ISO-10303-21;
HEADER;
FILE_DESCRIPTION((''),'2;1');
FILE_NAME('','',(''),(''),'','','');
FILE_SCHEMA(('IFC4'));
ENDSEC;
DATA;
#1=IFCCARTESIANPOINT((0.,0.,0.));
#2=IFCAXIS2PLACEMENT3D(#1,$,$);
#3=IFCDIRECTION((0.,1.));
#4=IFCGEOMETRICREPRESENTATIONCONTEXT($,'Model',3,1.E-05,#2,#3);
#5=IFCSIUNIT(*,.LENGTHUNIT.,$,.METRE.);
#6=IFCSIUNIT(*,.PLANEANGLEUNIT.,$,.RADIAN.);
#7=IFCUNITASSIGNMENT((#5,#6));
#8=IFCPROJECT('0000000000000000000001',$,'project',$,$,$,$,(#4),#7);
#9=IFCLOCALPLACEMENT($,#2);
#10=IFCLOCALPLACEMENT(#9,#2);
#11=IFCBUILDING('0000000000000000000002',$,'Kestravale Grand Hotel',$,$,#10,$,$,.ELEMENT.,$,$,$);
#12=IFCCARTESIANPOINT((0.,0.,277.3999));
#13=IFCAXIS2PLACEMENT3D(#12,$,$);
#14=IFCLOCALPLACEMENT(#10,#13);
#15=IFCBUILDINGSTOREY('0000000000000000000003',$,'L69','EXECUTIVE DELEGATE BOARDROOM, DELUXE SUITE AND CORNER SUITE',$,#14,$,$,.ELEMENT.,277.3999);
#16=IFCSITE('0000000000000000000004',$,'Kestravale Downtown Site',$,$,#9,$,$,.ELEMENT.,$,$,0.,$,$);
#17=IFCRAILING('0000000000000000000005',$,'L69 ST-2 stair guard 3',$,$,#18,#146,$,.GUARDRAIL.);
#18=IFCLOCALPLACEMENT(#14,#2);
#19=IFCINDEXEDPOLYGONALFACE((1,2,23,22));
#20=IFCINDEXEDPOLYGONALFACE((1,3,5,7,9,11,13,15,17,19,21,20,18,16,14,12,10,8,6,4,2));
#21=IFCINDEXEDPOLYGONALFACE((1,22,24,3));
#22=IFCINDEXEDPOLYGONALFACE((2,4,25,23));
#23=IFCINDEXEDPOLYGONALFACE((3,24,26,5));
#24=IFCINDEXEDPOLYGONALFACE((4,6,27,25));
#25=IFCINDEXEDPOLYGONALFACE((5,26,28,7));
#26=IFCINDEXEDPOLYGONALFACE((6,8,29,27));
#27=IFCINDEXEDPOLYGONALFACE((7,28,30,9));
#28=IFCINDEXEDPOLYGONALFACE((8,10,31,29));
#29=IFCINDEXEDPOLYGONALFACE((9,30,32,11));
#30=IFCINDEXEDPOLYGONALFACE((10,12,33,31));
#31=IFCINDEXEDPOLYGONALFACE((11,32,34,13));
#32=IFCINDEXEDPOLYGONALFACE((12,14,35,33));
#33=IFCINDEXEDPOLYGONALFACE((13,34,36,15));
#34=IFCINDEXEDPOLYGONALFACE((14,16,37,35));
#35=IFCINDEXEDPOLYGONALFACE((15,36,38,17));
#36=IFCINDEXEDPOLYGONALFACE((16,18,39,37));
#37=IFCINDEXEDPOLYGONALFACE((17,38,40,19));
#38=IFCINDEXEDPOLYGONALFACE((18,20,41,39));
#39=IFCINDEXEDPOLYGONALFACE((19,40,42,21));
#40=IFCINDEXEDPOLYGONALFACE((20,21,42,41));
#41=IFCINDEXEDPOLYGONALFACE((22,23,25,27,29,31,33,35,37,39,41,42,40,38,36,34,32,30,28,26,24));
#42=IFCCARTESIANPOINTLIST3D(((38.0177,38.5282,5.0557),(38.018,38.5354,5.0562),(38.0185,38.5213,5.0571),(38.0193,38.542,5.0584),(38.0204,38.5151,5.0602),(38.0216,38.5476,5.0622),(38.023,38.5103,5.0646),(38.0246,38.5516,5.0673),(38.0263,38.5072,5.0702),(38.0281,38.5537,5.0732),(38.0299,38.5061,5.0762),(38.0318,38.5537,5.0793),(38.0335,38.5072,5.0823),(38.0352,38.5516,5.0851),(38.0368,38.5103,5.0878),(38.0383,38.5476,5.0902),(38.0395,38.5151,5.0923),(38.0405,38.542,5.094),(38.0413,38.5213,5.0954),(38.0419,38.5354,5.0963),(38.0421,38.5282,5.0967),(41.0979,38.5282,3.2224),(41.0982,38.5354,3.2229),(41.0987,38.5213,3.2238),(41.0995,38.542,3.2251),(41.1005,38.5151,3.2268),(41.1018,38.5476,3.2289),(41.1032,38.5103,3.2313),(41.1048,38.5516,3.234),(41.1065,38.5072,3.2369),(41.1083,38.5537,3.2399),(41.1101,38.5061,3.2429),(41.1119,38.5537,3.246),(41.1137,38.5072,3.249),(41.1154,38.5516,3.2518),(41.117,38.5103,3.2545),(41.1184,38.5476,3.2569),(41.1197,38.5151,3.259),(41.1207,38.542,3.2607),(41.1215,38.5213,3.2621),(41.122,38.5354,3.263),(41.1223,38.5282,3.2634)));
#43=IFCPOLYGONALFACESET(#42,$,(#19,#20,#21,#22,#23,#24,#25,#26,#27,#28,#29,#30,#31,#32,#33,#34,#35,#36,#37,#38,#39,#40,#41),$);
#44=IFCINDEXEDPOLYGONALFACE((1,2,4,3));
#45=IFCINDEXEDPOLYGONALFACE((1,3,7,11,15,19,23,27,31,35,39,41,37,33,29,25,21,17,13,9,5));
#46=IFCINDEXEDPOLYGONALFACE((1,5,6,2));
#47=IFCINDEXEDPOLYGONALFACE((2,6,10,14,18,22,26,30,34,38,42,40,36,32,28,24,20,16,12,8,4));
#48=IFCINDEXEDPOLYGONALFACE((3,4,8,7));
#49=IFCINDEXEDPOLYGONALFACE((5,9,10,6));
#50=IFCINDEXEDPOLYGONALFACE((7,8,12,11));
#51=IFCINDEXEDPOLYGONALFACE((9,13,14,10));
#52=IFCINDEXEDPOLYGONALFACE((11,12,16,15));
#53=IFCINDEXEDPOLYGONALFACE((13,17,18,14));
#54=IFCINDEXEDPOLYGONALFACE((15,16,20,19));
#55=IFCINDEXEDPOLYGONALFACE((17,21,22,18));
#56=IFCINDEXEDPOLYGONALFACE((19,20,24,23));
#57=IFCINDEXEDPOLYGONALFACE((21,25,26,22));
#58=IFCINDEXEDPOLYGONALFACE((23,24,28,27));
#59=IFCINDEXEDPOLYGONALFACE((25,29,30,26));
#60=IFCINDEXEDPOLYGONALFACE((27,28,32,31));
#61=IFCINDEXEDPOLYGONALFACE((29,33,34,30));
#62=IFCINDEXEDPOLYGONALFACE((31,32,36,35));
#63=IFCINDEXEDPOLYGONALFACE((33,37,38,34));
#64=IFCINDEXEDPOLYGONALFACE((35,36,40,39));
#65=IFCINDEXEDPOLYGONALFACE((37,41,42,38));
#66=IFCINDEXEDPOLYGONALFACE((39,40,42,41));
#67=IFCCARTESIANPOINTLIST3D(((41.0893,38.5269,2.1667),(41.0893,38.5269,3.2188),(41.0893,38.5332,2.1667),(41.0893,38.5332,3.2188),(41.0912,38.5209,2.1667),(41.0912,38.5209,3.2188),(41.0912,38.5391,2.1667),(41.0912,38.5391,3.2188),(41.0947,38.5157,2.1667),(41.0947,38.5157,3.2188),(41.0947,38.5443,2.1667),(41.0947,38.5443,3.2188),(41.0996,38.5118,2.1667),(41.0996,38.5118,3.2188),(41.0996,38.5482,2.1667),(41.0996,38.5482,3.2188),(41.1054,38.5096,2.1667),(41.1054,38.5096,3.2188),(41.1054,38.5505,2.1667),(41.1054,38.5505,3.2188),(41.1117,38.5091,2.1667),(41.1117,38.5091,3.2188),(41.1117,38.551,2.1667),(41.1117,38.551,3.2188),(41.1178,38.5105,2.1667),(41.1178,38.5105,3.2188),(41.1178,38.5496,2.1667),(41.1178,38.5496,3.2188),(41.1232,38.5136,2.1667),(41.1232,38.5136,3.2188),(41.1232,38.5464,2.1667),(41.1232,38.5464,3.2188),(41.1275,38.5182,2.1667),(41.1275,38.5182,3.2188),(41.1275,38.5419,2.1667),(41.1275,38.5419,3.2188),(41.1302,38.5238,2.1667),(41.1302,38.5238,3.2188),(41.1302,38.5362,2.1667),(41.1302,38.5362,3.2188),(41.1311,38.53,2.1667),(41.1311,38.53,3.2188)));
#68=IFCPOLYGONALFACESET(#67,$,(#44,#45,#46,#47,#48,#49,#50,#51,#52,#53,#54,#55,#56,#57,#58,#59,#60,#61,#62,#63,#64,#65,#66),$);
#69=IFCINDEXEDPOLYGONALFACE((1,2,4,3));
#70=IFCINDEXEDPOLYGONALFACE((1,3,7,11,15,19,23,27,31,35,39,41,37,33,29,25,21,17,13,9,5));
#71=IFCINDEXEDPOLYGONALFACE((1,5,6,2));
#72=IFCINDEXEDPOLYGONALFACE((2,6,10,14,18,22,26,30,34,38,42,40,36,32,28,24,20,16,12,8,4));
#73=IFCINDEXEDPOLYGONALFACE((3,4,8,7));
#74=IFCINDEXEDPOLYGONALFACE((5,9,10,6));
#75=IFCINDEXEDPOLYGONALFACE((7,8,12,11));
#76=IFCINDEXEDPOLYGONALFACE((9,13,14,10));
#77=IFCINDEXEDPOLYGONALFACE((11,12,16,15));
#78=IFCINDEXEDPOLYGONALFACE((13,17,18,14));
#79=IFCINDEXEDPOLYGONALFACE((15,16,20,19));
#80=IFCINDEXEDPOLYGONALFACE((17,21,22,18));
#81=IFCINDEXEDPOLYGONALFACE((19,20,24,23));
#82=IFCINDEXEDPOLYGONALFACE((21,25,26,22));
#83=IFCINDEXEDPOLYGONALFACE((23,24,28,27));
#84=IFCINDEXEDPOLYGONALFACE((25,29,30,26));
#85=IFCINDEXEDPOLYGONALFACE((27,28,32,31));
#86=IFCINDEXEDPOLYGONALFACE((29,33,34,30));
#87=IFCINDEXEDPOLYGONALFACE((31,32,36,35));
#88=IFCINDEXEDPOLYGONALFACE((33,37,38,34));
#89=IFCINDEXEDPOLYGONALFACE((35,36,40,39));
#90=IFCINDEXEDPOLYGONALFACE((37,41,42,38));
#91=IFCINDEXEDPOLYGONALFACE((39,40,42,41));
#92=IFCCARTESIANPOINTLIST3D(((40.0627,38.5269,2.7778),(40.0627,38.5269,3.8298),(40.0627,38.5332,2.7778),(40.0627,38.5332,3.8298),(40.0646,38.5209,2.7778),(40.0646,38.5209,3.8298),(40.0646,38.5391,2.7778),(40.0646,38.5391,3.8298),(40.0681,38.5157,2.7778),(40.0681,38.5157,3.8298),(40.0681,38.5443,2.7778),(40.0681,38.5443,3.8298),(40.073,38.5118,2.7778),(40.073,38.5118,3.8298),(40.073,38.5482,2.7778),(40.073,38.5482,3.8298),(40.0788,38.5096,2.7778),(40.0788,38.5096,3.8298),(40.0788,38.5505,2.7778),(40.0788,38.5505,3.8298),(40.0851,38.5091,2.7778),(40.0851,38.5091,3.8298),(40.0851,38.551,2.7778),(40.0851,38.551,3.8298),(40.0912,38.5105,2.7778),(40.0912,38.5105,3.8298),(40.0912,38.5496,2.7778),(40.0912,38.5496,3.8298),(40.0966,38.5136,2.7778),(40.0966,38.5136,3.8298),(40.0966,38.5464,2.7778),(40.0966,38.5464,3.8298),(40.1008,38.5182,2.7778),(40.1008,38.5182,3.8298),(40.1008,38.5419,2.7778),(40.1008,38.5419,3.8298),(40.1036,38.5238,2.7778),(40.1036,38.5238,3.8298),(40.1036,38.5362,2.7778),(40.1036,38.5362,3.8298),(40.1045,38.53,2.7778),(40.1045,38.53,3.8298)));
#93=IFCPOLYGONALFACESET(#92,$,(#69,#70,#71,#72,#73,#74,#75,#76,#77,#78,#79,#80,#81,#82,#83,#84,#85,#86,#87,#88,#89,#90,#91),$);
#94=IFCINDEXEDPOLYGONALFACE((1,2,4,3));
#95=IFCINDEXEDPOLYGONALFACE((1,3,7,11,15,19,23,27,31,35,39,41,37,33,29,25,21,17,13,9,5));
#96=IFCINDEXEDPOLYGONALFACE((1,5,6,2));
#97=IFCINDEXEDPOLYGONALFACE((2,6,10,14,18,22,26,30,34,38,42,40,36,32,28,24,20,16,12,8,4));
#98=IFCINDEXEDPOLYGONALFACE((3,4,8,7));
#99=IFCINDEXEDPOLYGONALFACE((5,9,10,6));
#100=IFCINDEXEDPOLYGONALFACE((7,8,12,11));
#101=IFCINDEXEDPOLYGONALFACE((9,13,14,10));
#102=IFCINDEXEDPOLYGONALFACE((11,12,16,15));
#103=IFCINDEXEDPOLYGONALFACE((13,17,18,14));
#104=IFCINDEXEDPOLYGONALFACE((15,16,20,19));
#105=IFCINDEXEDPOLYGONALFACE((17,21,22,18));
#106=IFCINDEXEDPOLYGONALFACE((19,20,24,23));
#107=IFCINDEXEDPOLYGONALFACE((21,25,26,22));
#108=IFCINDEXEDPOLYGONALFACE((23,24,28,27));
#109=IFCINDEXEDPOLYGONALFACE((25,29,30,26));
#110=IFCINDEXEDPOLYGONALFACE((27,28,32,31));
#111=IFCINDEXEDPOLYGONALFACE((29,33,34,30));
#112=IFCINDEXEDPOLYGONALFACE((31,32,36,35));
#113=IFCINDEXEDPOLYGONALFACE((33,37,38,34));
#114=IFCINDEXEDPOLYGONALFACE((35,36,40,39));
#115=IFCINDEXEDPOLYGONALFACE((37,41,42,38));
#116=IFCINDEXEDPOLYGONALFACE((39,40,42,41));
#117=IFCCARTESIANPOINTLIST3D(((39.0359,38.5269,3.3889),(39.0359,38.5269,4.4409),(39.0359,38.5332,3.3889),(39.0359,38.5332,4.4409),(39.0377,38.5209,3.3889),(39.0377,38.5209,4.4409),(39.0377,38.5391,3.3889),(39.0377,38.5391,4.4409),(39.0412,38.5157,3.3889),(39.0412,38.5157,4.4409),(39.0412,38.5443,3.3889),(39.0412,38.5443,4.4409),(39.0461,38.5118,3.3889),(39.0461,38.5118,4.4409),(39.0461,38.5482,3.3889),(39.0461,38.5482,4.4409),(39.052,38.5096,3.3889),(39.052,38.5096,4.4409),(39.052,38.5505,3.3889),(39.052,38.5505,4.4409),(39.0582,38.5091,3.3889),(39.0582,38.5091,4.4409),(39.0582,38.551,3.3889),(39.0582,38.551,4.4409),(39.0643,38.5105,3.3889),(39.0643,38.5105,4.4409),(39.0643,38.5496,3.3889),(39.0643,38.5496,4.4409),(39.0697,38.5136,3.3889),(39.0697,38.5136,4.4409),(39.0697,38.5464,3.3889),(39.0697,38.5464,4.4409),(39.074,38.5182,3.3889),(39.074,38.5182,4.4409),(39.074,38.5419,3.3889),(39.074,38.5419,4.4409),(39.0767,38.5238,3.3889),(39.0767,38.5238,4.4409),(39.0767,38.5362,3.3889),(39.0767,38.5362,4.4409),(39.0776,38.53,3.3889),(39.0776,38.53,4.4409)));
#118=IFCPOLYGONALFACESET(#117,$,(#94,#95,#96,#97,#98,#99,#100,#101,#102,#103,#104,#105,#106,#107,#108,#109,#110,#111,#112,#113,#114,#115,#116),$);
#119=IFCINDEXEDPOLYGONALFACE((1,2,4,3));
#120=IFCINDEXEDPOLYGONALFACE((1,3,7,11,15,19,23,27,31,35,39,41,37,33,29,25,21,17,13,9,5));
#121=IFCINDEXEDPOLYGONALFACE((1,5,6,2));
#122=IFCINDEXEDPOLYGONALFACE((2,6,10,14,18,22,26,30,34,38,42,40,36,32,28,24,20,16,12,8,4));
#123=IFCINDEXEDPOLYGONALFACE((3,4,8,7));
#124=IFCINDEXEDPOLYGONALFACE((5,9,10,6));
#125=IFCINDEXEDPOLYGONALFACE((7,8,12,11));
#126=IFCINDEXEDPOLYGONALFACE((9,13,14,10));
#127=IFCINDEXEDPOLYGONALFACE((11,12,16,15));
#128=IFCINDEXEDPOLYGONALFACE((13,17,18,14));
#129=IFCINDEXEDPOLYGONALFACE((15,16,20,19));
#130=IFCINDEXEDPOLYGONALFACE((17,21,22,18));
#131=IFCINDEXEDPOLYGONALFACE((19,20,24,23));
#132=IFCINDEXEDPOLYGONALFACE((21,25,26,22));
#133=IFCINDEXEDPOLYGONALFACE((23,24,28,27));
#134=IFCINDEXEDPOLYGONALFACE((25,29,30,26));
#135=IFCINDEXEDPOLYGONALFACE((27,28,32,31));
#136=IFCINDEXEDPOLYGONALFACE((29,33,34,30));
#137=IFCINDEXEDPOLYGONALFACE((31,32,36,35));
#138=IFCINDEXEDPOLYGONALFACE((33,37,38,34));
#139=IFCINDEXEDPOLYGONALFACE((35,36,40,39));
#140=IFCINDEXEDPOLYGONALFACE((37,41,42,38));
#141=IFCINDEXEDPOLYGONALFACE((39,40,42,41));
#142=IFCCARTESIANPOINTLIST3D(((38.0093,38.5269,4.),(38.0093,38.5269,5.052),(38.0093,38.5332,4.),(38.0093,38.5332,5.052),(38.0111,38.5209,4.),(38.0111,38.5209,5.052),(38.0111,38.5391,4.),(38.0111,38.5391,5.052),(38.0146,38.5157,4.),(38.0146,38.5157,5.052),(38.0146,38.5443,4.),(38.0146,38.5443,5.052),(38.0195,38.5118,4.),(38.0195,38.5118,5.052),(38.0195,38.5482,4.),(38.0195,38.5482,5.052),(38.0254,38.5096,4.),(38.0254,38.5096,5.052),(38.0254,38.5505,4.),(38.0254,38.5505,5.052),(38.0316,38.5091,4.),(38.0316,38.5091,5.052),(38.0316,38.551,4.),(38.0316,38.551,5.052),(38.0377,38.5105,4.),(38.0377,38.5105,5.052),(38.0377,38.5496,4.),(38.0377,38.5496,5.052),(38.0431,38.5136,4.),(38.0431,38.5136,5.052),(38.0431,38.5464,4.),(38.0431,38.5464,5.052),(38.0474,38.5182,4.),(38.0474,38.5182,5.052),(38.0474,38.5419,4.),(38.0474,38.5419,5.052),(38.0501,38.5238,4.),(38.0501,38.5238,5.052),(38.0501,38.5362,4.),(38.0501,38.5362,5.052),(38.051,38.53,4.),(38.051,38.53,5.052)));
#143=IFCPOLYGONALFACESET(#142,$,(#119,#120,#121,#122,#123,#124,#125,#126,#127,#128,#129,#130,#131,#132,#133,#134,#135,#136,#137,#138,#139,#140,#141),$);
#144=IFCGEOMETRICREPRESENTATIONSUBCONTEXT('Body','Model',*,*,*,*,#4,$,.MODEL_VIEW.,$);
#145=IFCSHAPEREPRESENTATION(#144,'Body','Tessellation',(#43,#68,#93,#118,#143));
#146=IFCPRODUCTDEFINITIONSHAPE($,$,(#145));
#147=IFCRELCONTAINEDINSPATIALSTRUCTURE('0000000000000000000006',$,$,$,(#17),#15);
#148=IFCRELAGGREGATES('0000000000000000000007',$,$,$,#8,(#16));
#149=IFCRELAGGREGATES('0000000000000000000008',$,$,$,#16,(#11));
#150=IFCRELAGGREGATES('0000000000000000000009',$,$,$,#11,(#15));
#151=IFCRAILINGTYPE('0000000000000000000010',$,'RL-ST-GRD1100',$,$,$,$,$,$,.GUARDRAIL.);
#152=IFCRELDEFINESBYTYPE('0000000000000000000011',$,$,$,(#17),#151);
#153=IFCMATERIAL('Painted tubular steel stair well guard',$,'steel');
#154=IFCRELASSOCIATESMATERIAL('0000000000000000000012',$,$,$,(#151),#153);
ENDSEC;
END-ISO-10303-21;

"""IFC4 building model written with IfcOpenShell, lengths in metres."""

from ifc_helpers import new_model, si_unit, direction, frame, origin, origin_2d, place, context, subcontext, project, spatial, circle, extrude, material, type_object, element, save


model = new_model("IFC4")

# Units and contexts
model_context = context("Model", 3, precision=1e-05, world=origin(), true_north=direction((0.0, 1.0)))
body_context = subcontext(model_context, "Body", "Model", "MODEL_VIEW")
ifc_project = project(units=[si_unit("LENGTHUNIT", "METRE"), si_unit("PLANEANGLEUNIT", "RADIAN")], contexts=[model_context])

# Site, building, storey
site_placement = place(None, origin())
site = spatial("IfcSite", under=ifc_project, at=site_placement, Name="Kestravale Downtown Site", CompositionType="ELEMENT", RefElevation=0.0)
building_placement = place(site_placement, origin())
building = spatial("IfcBuilding", under=site, at=building_placement, Name="Kestravale Grand Hotel", CompositionType="ELEMENT")
storey_placement = place(building_placement, frame((0.0, 0.0, 277.3999)))
storey = spatial("IfcBuildingStorey", under=building, at=storey_placement, Name="L69", Description="EXECUTIVE DELEGATE BOARDROOM, DELUXE SUITE AND CORNER SUITE", CompositionType="ELEMENT", Elevation=277.3999)

# Railing
ifc_material_1 = material(Name="Painted tubular steel stair well guard", Category="steel")
railing_type_1 = type_object("IfcRailingType", Name="RL-ST-GRD1100", PredefinedType="GUARDRAIL", material=ifc_material_1)
railing_1_placement = place(storey_placement, frame((41.1101, 38.53, 2.1667)))
element("IfcRailing", 1, at=railing_1_placement, inside=storey, type_object=railing_type_1, Name="L69 ST-2 stair guard 3", PredefinedType="GUARDRAIL", context=body_context, shape_type="SweptSolid", body=[
    extrude(circle(Radius=0.0239, at=origin_2d()), frame((0.0, 0.0, 1.0762), z_axis=(-0.859309, 0.0, 0.511458), x_axis=(0.0, -1.0, 0.0)), (0.0, 0.0, 1.0), 3.5845),
    extrude(circle(Radius=0.021, at=origin_2d()), origin(), (0.0, 0.0, 1.0), 1.052),
    extrude(circle(Radius=0.021, at=origin_2d()), frame((-1.0266, 0.0, 0.6111)), (0.0, 0.0, 1.0), 1.052),
    extrude(circle(Radius=0.021, at=origin_2d()), frame((-2.0535, 0.0, 1.2222)), (0.0, 0.0, 1.0), 1.052),
    extrude(circle(Radius=0.021, at=origin_2d()), frame((-3.0801, 0.0, 1.8333)), (0.0, 0.0, 1.0), 1.052),
])

save(model, "model.ifc")
